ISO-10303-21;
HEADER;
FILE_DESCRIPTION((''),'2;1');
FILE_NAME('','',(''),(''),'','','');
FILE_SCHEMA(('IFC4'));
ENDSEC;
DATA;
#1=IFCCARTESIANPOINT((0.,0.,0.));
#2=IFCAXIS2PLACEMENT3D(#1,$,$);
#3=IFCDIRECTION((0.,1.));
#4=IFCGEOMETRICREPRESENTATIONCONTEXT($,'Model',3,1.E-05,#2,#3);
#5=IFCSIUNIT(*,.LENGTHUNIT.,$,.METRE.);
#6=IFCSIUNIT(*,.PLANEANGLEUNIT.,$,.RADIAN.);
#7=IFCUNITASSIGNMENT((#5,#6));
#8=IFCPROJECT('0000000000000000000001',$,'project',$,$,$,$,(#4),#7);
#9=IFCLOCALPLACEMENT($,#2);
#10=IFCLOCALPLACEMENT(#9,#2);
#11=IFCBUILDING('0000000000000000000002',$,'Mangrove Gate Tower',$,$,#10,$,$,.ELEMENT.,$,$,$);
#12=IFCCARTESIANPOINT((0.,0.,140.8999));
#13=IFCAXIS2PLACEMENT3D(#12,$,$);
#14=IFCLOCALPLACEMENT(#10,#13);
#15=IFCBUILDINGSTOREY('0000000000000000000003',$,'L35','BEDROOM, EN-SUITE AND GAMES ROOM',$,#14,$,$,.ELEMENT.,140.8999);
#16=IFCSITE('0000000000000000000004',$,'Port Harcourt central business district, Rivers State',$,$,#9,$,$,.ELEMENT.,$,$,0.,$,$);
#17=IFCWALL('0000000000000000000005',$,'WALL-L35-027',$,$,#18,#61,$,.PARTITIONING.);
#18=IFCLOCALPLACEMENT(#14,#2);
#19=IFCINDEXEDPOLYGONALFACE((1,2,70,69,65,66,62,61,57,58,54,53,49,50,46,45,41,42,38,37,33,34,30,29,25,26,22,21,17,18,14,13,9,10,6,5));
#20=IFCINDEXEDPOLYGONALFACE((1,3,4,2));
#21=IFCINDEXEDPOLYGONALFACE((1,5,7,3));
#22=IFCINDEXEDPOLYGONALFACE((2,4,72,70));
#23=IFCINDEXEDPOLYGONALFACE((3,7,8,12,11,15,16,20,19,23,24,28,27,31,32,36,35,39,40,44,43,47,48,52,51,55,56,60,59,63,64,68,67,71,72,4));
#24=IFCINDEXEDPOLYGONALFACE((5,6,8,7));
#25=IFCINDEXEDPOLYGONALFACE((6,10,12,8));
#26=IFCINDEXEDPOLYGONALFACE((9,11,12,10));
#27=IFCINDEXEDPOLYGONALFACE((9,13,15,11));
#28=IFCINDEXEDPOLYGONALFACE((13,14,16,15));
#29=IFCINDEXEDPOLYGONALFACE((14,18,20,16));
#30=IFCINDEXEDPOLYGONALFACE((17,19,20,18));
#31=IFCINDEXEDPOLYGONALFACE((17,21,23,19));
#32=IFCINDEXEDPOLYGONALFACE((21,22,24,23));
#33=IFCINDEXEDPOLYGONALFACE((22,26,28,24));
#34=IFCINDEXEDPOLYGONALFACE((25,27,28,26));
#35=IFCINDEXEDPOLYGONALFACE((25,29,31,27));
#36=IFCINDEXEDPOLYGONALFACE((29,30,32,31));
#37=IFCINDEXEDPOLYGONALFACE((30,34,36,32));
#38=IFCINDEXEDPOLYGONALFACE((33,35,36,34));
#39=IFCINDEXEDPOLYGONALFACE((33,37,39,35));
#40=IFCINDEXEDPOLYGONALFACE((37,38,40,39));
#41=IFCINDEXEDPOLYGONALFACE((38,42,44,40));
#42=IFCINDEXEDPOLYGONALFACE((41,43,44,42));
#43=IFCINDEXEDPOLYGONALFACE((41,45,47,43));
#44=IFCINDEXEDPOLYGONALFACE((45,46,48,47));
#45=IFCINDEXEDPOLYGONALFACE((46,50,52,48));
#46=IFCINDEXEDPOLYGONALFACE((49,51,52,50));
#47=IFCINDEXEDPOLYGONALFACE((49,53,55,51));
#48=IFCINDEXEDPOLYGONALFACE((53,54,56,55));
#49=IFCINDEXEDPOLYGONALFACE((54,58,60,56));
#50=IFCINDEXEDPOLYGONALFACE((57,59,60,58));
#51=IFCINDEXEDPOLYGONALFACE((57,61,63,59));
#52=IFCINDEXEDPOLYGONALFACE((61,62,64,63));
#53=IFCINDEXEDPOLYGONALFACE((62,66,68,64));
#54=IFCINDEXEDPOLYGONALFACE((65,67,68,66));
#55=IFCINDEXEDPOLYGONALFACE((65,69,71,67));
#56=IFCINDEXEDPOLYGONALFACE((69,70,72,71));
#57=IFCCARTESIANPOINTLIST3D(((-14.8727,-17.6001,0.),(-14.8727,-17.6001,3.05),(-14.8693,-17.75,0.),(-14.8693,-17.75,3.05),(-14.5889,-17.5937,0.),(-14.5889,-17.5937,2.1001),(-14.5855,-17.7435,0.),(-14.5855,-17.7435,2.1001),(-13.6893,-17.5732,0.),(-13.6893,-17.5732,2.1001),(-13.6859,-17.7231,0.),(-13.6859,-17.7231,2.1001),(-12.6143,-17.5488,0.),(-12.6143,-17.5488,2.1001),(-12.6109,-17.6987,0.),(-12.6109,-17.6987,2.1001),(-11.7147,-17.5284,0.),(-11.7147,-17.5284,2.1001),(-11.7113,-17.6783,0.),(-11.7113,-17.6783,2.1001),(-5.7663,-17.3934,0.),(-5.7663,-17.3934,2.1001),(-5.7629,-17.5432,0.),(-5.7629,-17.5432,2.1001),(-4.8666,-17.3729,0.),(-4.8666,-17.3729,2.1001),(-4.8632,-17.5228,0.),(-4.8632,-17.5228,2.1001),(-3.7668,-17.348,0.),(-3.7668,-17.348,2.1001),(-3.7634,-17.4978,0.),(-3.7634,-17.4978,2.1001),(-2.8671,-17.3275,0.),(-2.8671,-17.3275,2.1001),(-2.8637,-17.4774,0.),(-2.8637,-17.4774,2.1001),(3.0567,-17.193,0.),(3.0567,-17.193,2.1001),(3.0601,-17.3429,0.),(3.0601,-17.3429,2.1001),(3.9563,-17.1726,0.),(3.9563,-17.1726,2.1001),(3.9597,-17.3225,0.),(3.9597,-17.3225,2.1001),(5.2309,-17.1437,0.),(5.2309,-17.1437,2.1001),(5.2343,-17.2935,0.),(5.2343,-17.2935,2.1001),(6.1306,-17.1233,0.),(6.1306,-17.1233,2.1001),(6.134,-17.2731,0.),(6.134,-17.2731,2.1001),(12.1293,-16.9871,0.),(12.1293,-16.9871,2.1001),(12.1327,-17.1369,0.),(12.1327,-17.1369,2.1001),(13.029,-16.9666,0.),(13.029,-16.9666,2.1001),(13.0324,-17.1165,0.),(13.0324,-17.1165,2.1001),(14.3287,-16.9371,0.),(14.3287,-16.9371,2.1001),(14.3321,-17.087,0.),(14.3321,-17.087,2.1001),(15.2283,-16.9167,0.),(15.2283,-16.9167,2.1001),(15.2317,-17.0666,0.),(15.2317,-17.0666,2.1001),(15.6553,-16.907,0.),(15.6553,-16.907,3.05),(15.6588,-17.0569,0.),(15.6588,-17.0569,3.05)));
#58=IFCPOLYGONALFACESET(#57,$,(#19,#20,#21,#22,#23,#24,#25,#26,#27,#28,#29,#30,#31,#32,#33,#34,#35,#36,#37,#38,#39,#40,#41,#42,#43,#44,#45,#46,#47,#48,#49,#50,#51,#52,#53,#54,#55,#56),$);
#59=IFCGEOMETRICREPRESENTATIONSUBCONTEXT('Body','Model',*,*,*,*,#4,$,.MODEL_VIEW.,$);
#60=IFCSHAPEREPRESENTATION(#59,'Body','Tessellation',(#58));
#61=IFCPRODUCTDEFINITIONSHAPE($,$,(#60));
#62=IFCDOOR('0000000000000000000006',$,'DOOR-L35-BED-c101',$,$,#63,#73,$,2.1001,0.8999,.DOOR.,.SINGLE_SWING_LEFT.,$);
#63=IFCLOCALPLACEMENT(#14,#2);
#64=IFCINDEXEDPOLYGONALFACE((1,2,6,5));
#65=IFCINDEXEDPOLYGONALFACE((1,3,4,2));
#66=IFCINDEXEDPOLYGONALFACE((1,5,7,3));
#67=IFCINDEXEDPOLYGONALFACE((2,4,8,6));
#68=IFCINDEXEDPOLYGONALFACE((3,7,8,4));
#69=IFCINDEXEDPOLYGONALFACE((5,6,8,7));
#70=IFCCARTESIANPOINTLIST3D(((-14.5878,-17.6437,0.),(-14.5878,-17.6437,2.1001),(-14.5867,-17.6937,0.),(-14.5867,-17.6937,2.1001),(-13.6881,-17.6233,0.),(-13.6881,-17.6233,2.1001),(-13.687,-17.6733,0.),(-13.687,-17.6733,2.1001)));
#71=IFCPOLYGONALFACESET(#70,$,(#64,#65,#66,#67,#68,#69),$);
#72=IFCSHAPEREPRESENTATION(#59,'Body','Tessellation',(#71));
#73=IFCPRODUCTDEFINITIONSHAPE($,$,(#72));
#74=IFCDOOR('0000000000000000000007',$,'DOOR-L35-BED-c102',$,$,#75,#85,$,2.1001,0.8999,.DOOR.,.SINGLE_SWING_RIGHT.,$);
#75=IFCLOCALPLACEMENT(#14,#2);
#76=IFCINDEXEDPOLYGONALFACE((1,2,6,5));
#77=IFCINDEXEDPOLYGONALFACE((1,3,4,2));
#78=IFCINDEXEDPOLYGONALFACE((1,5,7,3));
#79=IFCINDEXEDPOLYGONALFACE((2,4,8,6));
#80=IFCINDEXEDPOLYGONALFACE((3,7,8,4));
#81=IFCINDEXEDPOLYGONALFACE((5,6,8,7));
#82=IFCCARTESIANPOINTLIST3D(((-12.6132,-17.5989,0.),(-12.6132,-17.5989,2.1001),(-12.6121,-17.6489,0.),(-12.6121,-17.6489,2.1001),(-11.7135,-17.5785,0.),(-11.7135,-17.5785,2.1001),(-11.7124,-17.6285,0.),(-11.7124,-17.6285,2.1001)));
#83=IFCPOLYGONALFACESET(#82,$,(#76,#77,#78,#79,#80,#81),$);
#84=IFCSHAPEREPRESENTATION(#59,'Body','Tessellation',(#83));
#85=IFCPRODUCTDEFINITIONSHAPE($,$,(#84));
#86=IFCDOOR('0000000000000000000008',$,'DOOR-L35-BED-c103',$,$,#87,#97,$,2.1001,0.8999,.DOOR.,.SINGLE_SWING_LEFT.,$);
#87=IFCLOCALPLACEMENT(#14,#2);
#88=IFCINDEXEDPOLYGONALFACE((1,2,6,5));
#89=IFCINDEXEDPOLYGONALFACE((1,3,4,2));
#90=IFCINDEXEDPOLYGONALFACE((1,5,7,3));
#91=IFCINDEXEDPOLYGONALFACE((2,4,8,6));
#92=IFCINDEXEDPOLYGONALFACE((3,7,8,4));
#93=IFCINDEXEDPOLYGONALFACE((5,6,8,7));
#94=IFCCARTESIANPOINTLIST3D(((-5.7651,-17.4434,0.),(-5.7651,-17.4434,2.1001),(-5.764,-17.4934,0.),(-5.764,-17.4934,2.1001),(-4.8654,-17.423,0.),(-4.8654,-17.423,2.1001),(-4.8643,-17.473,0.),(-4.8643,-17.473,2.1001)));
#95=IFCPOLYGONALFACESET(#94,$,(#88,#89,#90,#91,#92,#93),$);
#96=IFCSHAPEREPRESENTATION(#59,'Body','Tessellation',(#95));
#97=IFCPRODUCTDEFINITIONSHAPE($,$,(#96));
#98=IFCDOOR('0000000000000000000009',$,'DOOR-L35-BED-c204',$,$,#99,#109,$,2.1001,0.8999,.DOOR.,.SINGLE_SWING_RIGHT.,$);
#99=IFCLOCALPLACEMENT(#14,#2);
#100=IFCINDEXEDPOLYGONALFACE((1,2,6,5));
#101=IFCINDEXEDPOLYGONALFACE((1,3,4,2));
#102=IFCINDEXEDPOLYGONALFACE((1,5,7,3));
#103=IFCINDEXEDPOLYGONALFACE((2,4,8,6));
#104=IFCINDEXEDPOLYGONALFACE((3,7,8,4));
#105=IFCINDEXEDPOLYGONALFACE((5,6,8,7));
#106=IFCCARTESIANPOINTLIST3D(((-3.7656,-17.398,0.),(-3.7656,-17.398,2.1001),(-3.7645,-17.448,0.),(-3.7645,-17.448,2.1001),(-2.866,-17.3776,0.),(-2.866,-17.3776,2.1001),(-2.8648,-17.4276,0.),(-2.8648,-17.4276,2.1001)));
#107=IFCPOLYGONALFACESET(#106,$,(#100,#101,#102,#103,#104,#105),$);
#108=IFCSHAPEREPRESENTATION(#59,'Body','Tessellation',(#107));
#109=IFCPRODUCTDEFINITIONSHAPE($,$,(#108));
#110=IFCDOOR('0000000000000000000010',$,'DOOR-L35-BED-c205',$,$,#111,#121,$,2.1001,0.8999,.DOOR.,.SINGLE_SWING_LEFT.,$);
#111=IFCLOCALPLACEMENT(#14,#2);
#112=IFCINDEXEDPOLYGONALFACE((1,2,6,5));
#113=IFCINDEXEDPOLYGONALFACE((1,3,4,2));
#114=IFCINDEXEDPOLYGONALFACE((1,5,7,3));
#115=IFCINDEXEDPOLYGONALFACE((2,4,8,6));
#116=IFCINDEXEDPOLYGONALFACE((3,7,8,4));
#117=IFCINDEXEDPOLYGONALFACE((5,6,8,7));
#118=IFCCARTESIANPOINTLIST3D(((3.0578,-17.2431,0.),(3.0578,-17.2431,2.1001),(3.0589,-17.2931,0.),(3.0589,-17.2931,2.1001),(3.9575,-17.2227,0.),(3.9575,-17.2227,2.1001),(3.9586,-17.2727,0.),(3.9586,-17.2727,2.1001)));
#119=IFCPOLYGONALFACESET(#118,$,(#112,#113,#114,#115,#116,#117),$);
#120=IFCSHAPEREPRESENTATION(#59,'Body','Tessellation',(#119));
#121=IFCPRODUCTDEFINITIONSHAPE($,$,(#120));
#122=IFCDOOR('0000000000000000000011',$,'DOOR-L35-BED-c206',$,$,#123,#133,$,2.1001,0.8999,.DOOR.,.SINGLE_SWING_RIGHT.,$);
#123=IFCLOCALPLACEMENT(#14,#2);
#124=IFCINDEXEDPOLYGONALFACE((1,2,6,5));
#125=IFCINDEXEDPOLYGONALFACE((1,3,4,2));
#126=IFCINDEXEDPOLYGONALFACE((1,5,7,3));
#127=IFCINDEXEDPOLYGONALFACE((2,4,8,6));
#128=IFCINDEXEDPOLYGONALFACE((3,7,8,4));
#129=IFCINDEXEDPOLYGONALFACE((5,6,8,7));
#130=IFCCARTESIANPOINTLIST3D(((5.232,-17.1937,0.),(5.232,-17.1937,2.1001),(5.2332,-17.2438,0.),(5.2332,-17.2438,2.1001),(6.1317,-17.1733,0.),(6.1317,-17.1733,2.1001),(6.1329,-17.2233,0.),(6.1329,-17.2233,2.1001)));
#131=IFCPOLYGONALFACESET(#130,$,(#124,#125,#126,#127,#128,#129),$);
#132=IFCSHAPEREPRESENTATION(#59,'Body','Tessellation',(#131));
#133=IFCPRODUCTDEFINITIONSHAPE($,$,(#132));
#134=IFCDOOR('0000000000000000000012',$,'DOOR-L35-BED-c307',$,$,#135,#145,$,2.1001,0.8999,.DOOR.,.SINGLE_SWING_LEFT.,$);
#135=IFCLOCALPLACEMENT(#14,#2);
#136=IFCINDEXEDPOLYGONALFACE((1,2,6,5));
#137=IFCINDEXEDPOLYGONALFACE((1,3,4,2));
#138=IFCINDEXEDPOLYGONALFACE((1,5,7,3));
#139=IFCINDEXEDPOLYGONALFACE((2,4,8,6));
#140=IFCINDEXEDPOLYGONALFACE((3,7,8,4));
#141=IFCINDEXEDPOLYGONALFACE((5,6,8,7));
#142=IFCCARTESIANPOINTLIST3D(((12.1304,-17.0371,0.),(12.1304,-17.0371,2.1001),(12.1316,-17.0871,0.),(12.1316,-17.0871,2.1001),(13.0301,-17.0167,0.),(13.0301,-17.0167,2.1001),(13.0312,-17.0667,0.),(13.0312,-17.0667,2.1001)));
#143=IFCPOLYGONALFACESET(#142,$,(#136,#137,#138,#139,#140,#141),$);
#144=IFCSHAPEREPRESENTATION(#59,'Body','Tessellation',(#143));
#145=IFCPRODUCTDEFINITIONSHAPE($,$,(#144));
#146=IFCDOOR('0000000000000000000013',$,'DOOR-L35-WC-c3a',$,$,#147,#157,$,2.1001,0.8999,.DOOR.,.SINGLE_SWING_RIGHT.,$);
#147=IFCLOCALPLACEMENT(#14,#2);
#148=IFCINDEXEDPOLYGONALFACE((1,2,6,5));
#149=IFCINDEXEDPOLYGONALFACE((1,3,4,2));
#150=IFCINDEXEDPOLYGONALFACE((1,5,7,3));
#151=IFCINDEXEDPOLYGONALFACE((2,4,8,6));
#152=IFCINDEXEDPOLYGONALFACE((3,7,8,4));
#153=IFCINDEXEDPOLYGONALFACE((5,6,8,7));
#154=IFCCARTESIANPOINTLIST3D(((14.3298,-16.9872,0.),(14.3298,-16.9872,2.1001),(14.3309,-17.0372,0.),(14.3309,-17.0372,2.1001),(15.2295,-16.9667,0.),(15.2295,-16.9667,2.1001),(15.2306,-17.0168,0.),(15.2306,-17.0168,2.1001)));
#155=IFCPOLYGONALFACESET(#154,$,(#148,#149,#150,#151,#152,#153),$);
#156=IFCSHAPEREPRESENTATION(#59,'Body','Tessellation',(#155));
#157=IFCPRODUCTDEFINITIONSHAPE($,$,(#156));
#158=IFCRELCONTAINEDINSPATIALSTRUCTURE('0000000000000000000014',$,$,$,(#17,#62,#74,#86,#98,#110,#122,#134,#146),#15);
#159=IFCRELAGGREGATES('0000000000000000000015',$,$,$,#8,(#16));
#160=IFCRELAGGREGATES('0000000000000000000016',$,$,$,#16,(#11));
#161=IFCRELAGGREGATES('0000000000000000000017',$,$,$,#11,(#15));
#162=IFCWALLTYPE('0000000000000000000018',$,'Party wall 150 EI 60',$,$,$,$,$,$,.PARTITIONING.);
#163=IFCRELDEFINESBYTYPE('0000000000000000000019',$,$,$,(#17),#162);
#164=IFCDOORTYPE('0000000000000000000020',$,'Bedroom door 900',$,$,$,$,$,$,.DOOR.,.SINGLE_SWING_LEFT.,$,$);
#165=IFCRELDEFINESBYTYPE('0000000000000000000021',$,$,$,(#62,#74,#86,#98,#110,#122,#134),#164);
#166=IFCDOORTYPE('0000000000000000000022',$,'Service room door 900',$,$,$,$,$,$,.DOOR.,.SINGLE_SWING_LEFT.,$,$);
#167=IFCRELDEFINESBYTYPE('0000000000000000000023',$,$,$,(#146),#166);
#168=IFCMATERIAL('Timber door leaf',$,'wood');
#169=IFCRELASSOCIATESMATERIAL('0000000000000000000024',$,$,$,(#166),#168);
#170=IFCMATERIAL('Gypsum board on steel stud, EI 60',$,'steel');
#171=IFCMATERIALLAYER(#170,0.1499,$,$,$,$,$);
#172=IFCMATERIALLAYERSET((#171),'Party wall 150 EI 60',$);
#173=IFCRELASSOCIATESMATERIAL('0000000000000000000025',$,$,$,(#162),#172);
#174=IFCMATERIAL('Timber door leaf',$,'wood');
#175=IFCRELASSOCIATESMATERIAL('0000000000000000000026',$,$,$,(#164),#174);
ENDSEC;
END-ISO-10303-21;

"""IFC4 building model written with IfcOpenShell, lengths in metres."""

from ifc_helpers import new_model, si_unit, direction, frame, frame_2d, origin, place, context, subcontext, project, spatial, rectangle, extrude, material, layer, layer_set, type_object, element, fill, save


model = new_model("IFC4")

# Units and contexts
model_context = context("Model", 3, precision=1e-05, world=origin(), true_north=direction((0.0, 1.0)))
body_context = subcontext(model_context, "Body", "Model", "MODEL_VIEW")
ifc_project = project(units=[si_unit("LENGTHUNIT", "METRE"), si_unit("PLANEANGLEUNIT", "RADIAN")], contexts=[model_context])

# Site, building, storey
site_placement = place(None, origin())
site = spatial("IfcSite", under=ifc_project, at=site_placement, Name="Port Harcourt central business district, Rivers State", CompositionType="ELEMENT", RefElevation=0.0)
building_placement = place(site_placement, origin())
building = spatial("IfcBuilding", under=site, at=building_placement, Name="Mangrove Gate Tower", CompositionType="ELEMENT")
storey_placement = place(building_placement, frame((0.0, 0.0, 140.8999)))
storey = spatial("IfcBuildingStorey", under=building, at=storey_placement, Name="L35", Description="BEDROOM, EN-SUITE AND GAMES ROOM", CompositionType="ELEMENT", Elevation=140.8999)

# Wall, openings, doors
ifc_material_1 = material(Name="Timber door leaf", Category="wood")
door_type_1 = type_object("IfcDoorType", Name="Service room door 900", OperationType="SINGLE_SWING_LEFT", PredefinedType="DOOR", material=ifc_material_1)
ifc_material_2 = material(Name="Gypsum board on steel stud, EI 60", Category="steel")
ifc_layer_1 = layer(ifc_material_2, 0.1499)
ifc_layer_set_1 = layer_set([ifc_layer_1], Name="Party wall 150 EI 60")
wall_type_1 = type_object("IfcWallType", Name="Party wall 150 EI 60", PredefinedType="PARTITIONING", material=ifc_layer_set_1)
wall_1_placement = place(storey_placement, frame((-14.8711, -17.675, 0.0), z_axis=(0.0, 0.0, 1.0), x_axis=(0.999742, 0.022698, 0.0)))
wall_1 = element("IfcWall", 1, at=wall_1_placement, inside=storey, type_object=wall_type_1, Name="WALL-L35-027", PredefinedType="PARTITIONING", context=body_context, shape_type="SweptSolid", body=[
    extrude(rectangle(XDim=30.5359, YDim=0.1499, at=frame_2d((15.2681, 0.0))), origin(), (0.0, 0.0, 1.0), 3.05),
])
opening_1_placement = place(wall_1_placement, frame((0.2839, 0.0, 0.0)))
opening_1 = element("IfcOpeningElement", 2, at=opening_1_placement, cuts=wall_1, PredefinedType="OPENING", context=body_context, shape_type="SweptSolid", body=[
    extrude(rectangle(XDim=0.8999, YDim=2.1001, at=frame_2d((0.45, 1.05))), frame((0.0, 0.085, 0.0), z_axis=(0.0, -1.0, 0.0), x_axis=(1.0, 0.0, 0.0)), (0.0, 0.0, 1.0), 0.1699),
])
opening_2_placement = place(wall_1_placement, frame((2.259, 0.0, 0.0)))
opening_2 = element("IfcOpeningElement", 3, at=opening_2_placement, cuts=wall_1, PredefinedType="OPENING", context=body_context, shape_type="SweptSolid", body=[
    extrude(rectangle(XDim=0.8999, YDim=2.1001, at=frame_2d((0.45, 1.05))), frame((0.0, 0.085, 0.0), z_axis=(0.0, -1.0, 0.0), x_axis=(1.0, 0.0, 0.0)), (0.0, 0.0, 1.0), 0.1699),
])
opening_3_placement = place(wall_1_placement, frame((9.1089, 0.0, 0.0)))
opening_3 = element("IfcOpeningElement", 4, at=opening_3_placement, cuts=wall_1, PredefinedType="OPENING", context=body_context, shape_type="SweptSolid", body=[
    extrude(rectangle(XDim=0.8999, YDim=2.1001, at=frame_2d((0.45, 1.05))), frame((0.0, 0.085, 0.0), z_axis=(0.0, -1.0, 0.0), x_axis=(1.0, 0.0, 0.0)), (0.0, 0.0, 1.0), 0.1699),
])
opening_4_placement = place(wall_1_placement, frame((11.1089, 0.0, 0.0)))
opening_4 = element("IfcOpeningElement", 5, at=opening_4_placement, cuts=wall_1, PredefinedType="OPENING", context=body_context, shape_type="SweptSolid", body=[
    extrude(rectangle(XDim=0.8999, YDim=2.1001, at=frame_2d((0.45, 1.05))), frame((0.0, 0.085, 0.0), z_axis=(0.0, -1.0, 0.0), x_axis=(1.0, 0.0, 0.0)), (0.0, 0.0, 1.0), 0.1699),
])
opening_5_placement = place(wall_1_placement, frame((17.9341, 0.0, 0.0)))
opening_5 = element("IfcOpeningElement", 6, at=opening_5_placement, cuts=wall_1, PredefinedType="OPENING", context=body_context, shape_type="SweptSolid", body=[
    extrude(rectangle(XDim=0.8999, YDim=2.1001, at=frame_2d((0.45, 1.05))), frame((0.0, 0.085, 0.0), z_axis=(0.0, -1.0, 0.0), x_axis=(1.0, 0.0, 0.0)), (0.0, 0.0, 1.0), 0.1699),
])
opening_6_placement = place(wall_1_placement, frame((20.1089, 0.0, 0.0)))
opening_6 = element("IfcOpeningElement", 7, at=opening_6_placement, cuts=wall_1, PredefinedType="OPENING", context=body_context, shape_type="SweptSolid", body=[
    extrude(rectangle(XDim=0.8999, YDim=2.1001, at=frame_2d((0.45, 1.05))), frame((0.0, 0.085, 0.0), z_axis=(0.0, -1.0, 0.0), x_axis=(1.0, 0.0, 0.0)), (0.0, 0.0, 1.0), 0.1699),
])
opening_7_placement = place(wall_1_placement, frame((27.009, 0.0, 0.0)))
opening_7 = element("IfcOpeningElement", 8, at=opening_7_placement, cuts=wall_1, PredefinedType="OPENING", context=body_context, shape_type="SweptSolid", body=[
    extrude(rectangle(XDim=0.8999, YDim=2.1001, at=frame_2d((0.45, 1.05))), frame((0.0, 0.085, 0.0), z_axis=(0.0, -1.0, 0.0), x_axis=(1.0, 0.0, 0.0)), (0.0, 0.0, 1.0), 0.1699),
])
opening_8_placement = place(wall_1_placement, frame((29.209, 0.0, 0.0)))
opening_8 = element("IfcOpeningElement", 9, at=opening_8_placement, cuts=wall_1, PredefinedType="OPENING", context=body_context, shape_type="SweptSolid", body=[
    extrude(rectangle(XDim=0.8999, YDim=2.1001, at=frame_2d((0.45, 1.05))), frame((0.0, 0.085, 0.0), z_axis=(0.0, -1.0, 0.0), x_axis=(1.0, 0.0, 0.0)), (0.0, 0.0, 1.0), 0.1699),
])
ifc_material_3 = material(Name="Timber door leaf", Category="wood")
door_type_2 = type_object("IfcDoorType", Name="Bedroom door 900", OperationType="SINGLE_SWING_LEFT", PredefinedType="DOOR", material=ifc_material_3)
door_1_placement = place(opening_1_placement, origin())
door_1 = element("IfcDoor", 10, at=door_1_placement, inside=storey, type_object=door_type_2, Name="DOOR-L35-BED-c101", OperationType="SINGLE_SWING_LEFT", OverallHeight=2.1001, OverallWidth=0.8999, PredefinedType="DOOR", context=body_context, shape_type="SweptSolid", body=[
    extrude(rectangle(XDim=0.8999, YDim=2.1001, at=frame_2d((0.45, 1.05))), frame((0.0, 0.0249, 0.0), z_axis=(0.0, -1.0, 0.0), x_axis=(1.0, 0.0, 0.0)), (0.0, 0.0, 1.0), 0.05),
])
fill(opening_1, door_1)
door_2_placement = place(opening_2_placement, origin())
door_2 = element("IfcDoor", 11, at=door_2_placement, inside=storey, type_object=door_type_2, Name="DOOR-L35-BED-c102", OperationType="SINGLE_SWING_RIGHT", OverallHeight=2.1001, OverallWidth=0.8999, PredefinedType="DOOR", context=body_context, shape_type="SweptSolid", body=[
    extrude(rectangle(XDim=0.8999, YDim=2.1001, at=frame_2d((0.45, 1.05))), frame((0.0, 0.0249, 0.0), z_axis=(0.0, -1.0, 0.0), x_axis=(1.0, 0.0, 0.0)), (0.0, 0.0, 1.0), 0.05),
])
fill(opening_2, door_2)
door_3_placement = place(opening_3_placement, origin())
door_3 = element("IfcDoor", 12, at=door_3_placement, inside=storey, type_object=door_type_2, Name="DOOR-L35-BED-c103", OperationType="SINGLE_SWING_LEFT", OverallHeight=2.1001, OverallWidth=0.8999, PredefinedType="DOOR", context=body_context, shape_type="SweptSolid", body=[
    extrude(rectangle(XDim=0.8999, YDim=2.1001, at=frame_2d((0.45, 1.05))), frame((0.0, 0.0249, 0.0), z_axis=(0.0, -1.0, 0.0), x_axis=(1.0, 0.0, 0.0)), (0.0, 0.0, 1.0), 0.05),
])
fill(opening_3, door_3)
door_4_placement = place(opening_4_placement, origin())
door_4 = element("IfcDoor", 13, at=door_4_placement, inside=storey, type_object=door_type_2, Name="DOOR-L35-BED-c204", OperationType="SINGLE_SWING_RIGHT", OverallHeight=2.1001, OverallWidth=0.8999, PredefinedType="DOOR", context=body_context, shape_type="SweptSolid", body=[
    extrude(rectangle(XDim=0.8999, YDim=2.1001, at=frame_2d((0.45, 1.05))), frame((0.0, 0.0249, 0.0), z_axis=(0.0, -1.0, 0.0), x_axis=(1.0, 0.0, 0.0)), (0.0, 0.0, 1.0), 0.05),
])
fill(opening_4, door_4)
door_5_placement = place(opening_5_placement, origin())
door_5 = element("IfcDoor", 14, at=door_5_placement, inside=storey, type_object=door_type_2, Name="DOOR-L35-BED-c205", OperationType="SINGLE_SWING_LEFT", OverallHeight=2.1001, OverallWidth=0.8999, PredefinedType="DOOR", context=body_context, shape_type="SweptSolid", body=[
    extrude(rectangle(XDim=0.8999, YDim=2.1001, at=frame_2d((0.45, 1.05))), frame((0.0, 0.0249, 0.0), z_axis=(0.0, -1.0, 0.0), x_axis=(1.0, 0.0, 0.0)), (0.0, 0.0, 1.0), 0.05),
])
fill(opening_5, door_5)
door_6_placement = place(opening_6_placement, origin())
door_6 = element("IfcDoor", 15, at=door_6_placement, inside=storey, type_object=door_type_2, Name="DOOR-L35-BED-c206", OperationType="SINGLE_SWING_RIGHT", OverallHeight=2.1001, OverallWidth=0.8999, PredefinedType="DOOR", context=body_context, shape_type="SweptSolid", body=[
    extrude(rectangle(XDim=0.8999, YDim=2.1001, at=frame_2d((0.45, 1.05))), frame((0.0, 0.0249, 0.0), z_axis=(0.0, -1.0, 0.0), x_axis=(1.0, 0.0, 0.0)), (0.0, 0.0, 1.0), 0.05),
])
fill(opening_6, door_6)
door_7_placement = place(opening_7_placement, origin())
door_7 = element("IfcDoor", 16, at=door_7_placement, inside=storey, type_object=door_type_2, Name="DOOR-L35-BED-c307", OperationType="SINGLE_SWING_LEFT", OverallHeight=2.1001, OverallWidth=0.8999, PredefinedType="DOOR", context=body_context, shape_type="SweptSolid", body=[
    extrude(rectangle(XDim=0.8999, YDim=2.1001, at=frame_2d((0.45, 1.05))), frame((0.0, 0.0249, 0.0), z_axis=(0.0, -1.0, 0.0), x_axis=(1.0, 0.0, 0.0)), (0.0, 0.0, 1.0), 0.05),
])
fill(opening_7, door_7)
door_8_placement = place(opening_8_placement, origin())
door_8 = element("IfcDoor", 17, at=door_8_placement, inside=storey, type_object=door_type_1, Name="DOOR-L35-WC-c3a", OperationType="SINGLE_SWING_RIGHT", OverallHeight=2.1001, OverallWidth=0.8999, PredefinedType="DOOR", context=body_context, shape_type="SweptSolid", body=[
    extrude(rectangle(XDim=0.8999, YDim=2.1001, at=frame_2d((0.45, 1.05))), frame((0.0, 0.0249, 0.0), z_axis=(0.0, -1.0, 0.0), x_axis=(1.0, 0.0, 0.0)), (0.0, 0.0, 1.0), 0.05),
])
fill(opening_8, door_8)

save(model, "model.ifc")
